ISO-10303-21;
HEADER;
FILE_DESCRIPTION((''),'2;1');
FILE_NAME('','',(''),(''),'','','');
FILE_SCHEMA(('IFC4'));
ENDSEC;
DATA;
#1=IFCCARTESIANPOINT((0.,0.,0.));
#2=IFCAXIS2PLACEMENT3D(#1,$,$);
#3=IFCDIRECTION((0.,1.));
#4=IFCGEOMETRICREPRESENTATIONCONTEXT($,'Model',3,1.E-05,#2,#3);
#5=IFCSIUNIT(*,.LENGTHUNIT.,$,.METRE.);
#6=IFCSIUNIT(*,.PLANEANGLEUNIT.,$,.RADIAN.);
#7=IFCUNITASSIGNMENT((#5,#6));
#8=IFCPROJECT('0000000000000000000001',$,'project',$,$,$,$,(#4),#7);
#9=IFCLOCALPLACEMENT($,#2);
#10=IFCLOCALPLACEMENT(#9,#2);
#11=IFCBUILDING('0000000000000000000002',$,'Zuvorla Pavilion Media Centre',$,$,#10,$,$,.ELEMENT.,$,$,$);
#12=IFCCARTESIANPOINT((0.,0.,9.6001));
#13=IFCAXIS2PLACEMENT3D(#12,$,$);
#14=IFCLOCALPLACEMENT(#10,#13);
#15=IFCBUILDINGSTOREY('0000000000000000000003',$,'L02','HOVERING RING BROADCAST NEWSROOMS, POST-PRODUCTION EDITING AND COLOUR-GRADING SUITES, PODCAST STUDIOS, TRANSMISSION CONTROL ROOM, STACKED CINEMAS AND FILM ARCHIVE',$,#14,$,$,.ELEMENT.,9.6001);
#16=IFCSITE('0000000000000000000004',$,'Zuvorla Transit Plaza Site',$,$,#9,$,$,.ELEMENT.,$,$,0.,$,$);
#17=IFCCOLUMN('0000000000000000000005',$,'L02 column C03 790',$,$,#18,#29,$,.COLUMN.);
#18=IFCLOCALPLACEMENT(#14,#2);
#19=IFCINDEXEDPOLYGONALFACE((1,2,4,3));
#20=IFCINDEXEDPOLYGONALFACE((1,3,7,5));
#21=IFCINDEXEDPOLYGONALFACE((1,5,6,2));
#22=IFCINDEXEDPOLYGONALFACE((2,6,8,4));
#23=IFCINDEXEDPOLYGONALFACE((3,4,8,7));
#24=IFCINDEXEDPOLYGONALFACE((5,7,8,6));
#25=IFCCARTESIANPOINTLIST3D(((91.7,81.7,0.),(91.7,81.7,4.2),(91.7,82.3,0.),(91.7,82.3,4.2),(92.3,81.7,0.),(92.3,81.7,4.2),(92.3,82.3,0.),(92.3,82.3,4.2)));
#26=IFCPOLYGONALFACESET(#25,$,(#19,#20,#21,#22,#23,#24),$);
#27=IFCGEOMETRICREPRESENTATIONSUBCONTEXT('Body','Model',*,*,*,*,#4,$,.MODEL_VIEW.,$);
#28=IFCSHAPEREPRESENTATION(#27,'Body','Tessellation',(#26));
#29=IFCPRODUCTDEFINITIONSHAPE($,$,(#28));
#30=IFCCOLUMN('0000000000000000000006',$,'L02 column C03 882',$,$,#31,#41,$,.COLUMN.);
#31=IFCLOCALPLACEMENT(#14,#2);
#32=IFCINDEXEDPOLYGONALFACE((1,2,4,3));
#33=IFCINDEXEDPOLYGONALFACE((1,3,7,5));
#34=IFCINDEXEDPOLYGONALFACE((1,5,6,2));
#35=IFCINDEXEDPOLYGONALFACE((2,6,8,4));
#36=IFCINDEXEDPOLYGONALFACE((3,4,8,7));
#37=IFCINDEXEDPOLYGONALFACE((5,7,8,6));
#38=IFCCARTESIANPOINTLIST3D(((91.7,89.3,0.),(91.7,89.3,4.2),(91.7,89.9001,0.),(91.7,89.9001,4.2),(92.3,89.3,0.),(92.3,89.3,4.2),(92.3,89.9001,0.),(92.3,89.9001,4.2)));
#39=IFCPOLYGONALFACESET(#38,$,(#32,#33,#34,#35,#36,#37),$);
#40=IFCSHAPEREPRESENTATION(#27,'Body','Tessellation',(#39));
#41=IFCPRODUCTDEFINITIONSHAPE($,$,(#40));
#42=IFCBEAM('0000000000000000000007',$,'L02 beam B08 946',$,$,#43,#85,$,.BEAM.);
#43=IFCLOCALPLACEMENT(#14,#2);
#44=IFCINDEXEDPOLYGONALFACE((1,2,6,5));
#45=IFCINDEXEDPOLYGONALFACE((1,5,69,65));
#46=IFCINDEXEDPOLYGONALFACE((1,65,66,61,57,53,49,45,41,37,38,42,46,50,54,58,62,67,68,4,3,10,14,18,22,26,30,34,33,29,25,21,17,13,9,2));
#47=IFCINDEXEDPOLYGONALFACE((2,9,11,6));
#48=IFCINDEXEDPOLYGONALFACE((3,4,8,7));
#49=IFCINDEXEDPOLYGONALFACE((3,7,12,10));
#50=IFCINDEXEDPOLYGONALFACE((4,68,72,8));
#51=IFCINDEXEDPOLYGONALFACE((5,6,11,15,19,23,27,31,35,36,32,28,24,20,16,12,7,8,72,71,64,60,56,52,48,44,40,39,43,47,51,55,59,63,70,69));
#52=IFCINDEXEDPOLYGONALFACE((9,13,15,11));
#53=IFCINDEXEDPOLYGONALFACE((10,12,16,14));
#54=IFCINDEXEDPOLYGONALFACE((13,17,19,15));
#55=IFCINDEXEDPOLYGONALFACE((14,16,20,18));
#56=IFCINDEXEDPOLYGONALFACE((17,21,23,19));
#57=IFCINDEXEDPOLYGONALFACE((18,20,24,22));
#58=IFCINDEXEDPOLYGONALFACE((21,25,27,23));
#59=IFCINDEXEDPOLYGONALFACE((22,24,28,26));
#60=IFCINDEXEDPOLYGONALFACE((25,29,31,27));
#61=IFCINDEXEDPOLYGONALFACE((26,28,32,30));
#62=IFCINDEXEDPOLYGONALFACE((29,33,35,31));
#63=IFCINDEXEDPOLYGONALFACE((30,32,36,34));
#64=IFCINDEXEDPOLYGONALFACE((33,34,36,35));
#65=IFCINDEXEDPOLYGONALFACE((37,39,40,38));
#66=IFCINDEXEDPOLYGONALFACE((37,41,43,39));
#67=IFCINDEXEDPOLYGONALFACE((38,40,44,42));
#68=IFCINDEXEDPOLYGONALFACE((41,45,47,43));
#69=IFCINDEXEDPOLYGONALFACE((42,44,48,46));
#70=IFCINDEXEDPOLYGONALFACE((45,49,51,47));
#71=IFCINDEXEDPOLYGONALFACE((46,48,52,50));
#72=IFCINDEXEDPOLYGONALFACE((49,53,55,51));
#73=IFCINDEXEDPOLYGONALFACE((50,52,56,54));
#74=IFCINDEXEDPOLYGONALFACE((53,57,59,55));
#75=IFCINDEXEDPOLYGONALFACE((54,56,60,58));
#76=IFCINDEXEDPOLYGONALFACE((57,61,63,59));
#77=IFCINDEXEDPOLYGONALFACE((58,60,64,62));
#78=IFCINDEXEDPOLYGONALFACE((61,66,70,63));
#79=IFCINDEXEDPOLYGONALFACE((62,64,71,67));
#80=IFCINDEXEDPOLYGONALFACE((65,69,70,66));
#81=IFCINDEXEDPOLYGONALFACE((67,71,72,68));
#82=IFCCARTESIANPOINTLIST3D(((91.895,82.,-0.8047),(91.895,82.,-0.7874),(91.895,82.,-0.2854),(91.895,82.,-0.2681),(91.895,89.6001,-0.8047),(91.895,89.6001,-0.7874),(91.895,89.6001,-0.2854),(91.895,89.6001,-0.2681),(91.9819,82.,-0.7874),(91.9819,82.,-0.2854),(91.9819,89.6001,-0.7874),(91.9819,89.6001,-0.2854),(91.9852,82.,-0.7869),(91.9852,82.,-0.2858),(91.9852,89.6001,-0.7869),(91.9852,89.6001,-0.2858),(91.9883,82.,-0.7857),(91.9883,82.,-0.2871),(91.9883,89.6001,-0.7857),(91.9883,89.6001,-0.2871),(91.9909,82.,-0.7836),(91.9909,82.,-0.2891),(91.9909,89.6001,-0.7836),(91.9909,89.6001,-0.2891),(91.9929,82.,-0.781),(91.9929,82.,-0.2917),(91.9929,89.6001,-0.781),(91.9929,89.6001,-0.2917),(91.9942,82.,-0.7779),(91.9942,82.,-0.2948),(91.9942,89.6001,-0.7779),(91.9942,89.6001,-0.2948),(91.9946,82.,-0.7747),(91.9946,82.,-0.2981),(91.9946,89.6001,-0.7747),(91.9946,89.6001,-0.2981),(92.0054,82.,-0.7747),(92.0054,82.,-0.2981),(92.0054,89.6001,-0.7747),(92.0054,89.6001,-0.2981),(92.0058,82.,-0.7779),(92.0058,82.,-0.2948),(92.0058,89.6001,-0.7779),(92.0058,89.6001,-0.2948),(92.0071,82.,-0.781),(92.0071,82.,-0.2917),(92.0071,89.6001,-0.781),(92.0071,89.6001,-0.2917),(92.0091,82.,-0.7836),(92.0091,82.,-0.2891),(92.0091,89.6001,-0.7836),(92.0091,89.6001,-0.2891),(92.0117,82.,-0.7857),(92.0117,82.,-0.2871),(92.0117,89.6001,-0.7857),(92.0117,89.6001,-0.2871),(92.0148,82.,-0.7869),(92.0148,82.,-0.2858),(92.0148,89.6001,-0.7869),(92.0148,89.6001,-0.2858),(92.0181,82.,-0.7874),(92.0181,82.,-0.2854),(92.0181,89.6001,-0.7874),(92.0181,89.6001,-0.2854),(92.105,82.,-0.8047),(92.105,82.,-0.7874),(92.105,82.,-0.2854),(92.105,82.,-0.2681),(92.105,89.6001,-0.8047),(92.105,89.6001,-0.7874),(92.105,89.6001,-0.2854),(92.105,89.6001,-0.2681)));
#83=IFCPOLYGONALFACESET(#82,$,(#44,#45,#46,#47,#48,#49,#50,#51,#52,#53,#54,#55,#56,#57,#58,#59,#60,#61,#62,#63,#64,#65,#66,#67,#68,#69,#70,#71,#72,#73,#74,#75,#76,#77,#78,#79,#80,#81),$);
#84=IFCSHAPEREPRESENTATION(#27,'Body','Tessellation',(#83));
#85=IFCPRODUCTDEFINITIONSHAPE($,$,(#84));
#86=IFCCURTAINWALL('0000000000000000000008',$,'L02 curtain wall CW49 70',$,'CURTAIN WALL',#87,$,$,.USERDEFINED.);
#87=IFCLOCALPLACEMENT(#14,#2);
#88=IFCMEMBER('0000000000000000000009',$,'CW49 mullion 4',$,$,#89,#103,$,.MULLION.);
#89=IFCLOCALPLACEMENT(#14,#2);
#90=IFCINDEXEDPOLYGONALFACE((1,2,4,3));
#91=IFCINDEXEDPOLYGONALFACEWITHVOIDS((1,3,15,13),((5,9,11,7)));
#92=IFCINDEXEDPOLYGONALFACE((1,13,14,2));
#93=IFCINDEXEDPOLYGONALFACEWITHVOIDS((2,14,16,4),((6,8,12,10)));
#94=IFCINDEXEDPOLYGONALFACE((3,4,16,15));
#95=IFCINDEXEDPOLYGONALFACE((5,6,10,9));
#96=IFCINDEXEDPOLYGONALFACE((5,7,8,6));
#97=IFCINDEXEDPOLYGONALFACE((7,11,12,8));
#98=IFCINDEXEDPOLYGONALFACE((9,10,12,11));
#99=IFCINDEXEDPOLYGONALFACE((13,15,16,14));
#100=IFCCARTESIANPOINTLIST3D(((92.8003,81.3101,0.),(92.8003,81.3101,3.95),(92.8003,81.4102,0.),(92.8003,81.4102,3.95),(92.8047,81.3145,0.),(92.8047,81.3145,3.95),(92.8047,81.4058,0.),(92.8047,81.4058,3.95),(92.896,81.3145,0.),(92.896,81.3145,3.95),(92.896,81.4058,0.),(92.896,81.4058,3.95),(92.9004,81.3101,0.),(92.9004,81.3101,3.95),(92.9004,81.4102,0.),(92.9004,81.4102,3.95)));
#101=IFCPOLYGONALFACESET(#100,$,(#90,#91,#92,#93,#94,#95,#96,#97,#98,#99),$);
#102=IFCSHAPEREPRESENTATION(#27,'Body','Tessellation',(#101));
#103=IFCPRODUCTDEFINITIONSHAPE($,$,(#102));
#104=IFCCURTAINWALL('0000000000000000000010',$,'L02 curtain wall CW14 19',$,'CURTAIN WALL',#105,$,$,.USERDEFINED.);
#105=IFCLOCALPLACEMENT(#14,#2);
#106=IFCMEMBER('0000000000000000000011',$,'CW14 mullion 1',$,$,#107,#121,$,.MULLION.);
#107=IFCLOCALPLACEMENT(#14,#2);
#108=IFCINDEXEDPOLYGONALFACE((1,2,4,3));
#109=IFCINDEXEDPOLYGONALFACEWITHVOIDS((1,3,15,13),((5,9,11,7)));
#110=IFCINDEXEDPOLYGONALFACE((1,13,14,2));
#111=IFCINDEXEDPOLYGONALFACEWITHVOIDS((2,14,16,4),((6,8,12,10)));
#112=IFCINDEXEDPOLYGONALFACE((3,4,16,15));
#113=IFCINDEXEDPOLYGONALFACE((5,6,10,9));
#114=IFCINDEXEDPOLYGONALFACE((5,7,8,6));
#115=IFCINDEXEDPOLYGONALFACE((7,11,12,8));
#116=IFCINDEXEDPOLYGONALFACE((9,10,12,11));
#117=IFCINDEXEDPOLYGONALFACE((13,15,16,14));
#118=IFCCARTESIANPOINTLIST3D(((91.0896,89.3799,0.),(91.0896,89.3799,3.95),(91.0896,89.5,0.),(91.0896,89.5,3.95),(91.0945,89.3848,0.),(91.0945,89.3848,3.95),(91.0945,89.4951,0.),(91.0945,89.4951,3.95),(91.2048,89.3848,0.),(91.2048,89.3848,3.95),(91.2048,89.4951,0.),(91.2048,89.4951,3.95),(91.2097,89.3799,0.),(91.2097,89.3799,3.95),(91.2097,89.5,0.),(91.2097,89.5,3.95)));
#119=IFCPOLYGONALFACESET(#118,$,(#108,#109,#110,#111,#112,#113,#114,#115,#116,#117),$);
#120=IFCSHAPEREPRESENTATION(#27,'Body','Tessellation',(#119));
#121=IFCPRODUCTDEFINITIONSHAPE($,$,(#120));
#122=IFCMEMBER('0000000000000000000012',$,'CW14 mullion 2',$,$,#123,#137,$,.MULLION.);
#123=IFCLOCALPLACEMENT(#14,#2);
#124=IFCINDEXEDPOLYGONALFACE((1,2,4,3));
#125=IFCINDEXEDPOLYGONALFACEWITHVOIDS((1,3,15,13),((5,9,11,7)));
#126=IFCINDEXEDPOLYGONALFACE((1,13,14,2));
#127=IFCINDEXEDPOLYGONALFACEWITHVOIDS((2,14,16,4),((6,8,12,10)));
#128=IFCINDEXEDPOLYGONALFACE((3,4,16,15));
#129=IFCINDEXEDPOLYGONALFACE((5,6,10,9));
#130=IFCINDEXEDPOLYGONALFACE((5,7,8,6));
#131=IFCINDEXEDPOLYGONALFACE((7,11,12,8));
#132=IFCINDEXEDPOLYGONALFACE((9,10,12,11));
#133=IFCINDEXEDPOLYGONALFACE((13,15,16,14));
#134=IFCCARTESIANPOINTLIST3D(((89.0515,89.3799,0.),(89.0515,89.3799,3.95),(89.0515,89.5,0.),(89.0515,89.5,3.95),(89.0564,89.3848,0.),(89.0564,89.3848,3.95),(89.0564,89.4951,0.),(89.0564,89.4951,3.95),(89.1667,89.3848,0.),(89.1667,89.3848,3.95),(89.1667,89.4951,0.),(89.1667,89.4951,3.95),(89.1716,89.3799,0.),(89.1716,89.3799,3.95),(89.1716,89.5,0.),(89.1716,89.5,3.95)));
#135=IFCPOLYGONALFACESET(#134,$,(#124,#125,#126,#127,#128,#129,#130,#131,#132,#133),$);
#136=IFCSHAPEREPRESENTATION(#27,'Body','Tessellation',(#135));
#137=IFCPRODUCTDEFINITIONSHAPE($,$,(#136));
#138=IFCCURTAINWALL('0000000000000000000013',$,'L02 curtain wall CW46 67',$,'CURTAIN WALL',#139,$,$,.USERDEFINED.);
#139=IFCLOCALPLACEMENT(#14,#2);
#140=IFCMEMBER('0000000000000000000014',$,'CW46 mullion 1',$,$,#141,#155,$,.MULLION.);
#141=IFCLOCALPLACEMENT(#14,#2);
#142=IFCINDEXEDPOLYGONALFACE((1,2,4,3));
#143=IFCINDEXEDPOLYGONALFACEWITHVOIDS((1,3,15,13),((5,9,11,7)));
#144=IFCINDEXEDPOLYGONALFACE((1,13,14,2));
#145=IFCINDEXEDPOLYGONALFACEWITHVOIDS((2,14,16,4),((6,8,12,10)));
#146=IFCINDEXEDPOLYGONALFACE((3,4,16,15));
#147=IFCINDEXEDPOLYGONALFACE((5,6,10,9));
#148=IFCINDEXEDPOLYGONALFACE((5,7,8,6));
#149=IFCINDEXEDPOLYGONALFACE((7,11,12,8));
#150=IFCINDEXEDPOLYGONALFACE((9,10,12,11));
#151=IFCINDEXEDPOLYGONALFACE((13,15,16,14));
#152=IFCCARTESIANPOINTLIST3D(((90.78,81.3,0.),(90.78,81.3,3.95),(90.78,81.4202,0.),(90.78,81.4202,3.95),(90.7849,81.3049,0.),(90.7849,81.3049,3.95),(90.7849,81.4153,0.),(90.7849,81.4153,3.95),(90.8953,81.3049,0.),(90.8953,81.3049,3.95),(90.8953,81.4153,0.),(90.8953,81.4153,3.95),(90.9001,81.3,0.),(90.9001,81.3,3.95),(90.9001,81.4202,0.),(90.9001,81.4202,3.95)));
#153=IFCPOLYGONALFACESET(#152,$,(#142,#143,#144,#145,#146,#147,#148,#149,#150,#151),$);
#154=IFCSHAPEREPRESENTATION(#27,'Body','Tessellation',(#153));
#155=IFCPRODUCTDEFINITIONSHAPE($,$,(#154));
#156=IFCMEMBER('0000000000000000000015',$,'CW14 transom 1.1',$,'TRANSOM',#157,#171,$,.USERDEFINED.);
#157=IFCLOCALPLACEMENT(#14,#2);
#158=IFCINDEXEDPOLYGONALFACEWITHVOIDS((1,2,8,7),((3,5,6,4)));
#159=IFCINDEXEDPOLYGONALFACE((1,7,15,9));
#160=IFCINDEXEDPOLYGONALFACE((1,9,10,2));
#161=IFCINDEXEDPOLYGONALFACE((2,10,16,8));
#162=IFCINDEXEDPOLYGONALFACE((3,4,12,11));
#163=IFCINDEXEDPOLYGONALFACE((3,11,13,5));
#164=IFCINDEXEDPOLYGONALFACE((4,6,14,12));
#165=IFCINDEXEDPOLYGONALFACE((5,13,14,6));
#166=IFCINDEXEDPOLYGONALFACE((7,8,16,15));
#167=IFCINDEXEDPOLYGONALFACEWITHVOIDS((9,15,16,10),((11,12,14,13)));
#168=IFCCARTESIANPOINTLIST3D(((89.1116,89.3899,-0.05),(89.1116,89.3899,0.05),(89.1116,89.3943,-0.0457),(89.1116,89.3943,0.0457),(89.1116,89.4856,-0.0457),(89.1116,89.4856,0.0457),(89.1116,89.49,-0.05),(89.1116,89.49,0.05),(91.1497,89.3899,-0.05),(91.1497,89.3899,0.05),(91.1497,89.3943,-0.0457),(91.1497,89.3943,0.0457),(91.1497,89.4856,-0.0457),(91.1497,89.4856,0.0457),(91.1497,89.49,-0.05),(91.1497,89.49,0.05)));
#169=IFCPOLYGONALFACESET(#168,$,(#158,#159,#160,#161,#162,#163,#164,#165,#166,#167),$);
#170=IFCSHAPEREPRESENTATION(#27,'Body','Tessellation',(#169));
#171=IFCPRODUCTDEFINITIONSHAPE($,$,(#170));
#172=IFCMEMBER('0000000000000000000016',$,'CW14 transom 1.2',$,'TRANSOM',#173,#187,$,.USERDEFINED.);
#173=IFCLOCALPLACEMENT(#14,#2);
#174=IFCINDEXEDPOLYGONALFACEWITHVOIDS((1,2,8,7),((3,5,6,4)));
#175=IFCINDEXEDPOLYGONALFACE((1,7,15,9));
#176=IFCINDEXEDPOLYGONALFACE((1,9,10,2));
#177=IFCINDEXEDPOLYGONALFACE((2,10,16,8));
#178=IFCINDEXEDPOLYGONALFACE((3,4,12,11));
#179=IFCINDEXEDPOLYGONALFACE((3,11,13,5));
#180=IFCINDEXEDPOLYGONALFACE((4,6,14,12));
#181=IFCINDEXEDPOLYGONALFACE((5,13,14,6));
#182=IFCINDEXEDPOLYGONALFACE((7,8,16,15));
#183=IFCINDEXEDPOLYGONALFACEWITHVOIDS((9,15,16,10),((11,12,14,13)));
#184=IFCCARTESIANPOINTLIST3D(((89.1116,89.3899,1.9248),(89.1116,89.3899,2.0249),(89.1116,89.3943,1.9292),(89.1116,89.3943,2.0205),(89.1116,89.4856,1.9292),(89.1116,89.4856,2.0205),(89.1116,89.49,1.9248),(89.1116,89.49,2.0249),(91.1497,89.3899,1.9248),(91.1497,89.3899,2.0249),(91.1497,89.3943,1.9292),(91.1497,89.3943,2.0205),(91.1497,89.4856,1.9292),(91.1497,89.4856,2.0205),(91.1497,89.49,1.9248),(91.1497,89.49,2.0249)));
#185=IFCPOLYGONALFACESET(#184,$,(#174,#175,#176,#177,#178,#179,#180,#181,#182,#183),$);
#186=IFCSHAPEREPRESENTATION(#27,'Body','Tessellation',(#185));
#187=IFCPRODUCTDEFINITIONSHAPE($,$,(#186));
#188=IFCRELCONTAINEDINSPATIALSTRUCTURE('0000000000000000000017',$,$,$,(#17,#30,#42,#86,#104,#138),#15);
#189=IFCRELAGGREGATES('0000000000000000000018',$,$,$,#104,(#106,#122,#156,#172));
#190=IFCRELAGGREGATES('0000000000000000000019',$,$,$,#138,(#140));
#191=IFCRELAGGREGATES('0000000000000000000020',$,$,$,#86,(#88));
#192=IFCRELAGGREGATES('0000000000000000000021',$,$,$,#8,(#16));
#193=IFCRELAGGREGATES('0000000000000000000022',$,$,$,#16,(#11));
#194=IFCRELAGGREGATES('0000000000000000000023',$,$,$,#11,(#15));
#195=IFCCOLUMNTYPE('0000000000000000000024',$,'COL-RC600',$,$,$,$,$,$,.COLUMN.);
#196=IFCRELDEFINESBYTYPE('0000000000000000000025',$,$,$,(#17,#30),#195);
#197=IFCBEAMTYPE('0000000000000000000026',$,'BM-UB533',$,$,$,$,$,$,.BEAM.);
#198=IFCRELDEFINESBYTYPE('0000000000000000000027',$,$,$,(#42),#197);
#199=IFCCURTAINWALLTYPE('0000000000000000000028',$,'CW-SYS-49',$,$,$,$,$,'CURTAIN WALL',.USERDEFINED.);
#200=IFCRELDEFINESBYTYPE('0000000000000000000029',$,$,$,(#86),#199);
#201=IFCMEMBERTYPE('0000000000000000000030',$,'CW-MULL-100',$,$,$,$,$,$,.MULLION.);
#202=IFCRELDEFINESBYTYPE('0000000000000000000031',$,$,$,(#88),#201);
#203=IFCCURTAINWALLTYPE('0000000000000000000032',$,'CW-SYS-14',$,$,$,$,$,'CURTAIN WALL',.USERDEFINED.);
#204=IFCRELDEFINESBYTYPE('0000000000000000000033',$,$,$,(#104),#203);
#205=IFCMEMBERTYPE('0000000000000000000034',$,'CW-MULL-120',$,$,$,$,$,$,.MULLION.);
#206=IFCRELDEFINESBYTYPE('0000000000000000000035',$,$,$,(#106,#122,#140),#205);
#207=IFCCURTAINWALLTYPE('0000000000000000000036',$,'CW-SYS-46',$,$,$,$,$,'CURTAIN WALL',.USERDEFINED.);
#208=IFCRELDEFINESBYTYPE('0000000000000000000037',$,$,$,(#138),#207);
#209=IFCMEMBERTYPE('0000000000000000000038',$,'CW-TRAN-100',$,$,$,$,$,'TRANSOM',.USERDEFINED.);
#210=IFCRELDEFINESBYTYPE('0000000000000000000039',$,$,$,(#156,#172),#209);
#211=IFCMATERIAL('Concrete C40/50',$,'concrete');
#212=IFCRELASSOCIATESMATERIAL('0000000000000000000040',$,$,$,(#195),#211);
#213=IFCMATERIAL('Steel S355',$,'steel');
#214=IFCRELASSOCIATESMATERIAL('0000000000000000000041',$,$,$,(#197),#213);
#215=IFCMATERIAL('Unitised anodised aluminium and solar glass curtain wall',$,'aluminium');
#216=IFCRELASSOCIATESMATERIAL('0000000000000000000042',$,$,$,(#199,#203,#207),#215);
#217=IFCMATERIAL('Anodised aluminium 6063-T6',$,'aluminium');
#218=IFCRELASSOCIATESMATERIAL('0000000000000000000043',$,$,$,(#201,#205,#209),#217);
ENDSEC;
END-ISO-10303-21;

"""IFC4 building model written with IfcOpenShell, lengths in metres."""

from ifc_helpers import new_model, si_unit, direction, frame, origin, origin_2d, place, context, subcontext, project, spatial, rectangle, hollow_rectangle, i_section, extrude, material, material_profile, profile_set, type_object, element, aggregate, save


model = new_model("IFC4")

# Units and contexts
model_context = context("Model", 3, precision=1e-05, world=origin(), true_north=direction((0.0, 1.0)))
body_context = subcontext(model_context, "Body", "Model", "MODEL_VIEW")
ifc_project = project(units=[si_unit("LENGTHUNIT", "METRE"), si_unit("PLANEANGLEUNIT", "RADIAN")], contexts=[model_context])

# Site, building, storey
site_placement = place(None, origin())
site = spatial("IfcSite", under=ifc_project, at=site_placement, Name="Zuvorla Transit Plaza Site", CompositionType="ELEMENT", RefElevation=0.0)
building_placement = place(site_placement, origin())
building = spatial("IfcBuilding", under=site, at=building_placement, Name="Zuvorla Pavilion Media Centre", CompositionType="ELEMENT")
storey_placement = place(building_placement, frame((0.0, 0.0, 9.6001)))
storey = spatial("IfcBuildingStorey", under=building, at=storey_placement, Name="L02", Description="HOVERING RING BROADCAST NEWSROOMS, POST-PRODUCTION EDITING AND COLOUR-GRADING SUITES, PODCAST STUDIOS, TRANSMISSION CONTROL ROOM, STACKED CINEMAS AND FILM ARCHIVE", CompositionType="ELEMENT", Elevation=9.6001)

# Columns
ifc_material_1 = material(Name="Concrete C40/50", Category="concrete")
ifc_material_profile_1 = material_profile(ifc_material_1, rectangle(XDim=0.6001, YDim=0.6001, at=origin_2d()), Name="RC 600x600")
ifc_profile_set_1 = profile_set([ifc_material_profile_1], Name="Concrete C40/50")
column_type = type_object("IfcColumnType", Name="COL-RC600", PredefinedType="COLUMN", material=ifc_profile_set_1)
for number, where, z_axis, x_axis, name in (
    (1, (92.0, 82.0, 0.0), (0.0, 0.0, 1.0), (1.0, 0.0, 0.0), "L02 column C03 790"),
    (2, (92.0, 89.6001, 0.0), (0.0, 0.0, 1.0), (1.0, 0.0, 0.0), "L02 column C03 882"),
):
    element("IfcColumn", number, at=place(storey_placement, frame(where, z_axis=z_axis, x_axis=x_axis)), inside=storey, type_object=column_type, Name=name, PredefinedType="COLUMN", context=body_context, shape_type="SweptSolid", body=[
        extrude(rectangle(XDim=0.6001, YDim=0.6001, at=origin_2d()), origin(), (0.0, 0.0, 1.0), 4.2),
    ])

# Beam
ifc_material_2 = material(Name="Steel S355", Category="steel")
ifc_material_profile_2 = material_profile(ifc_material_2, i_section(OverallWidth=0.21, OverallDepth=0.5366, WebThickness=0.0107, FlangeThickness=0.0173, FilletRadius=0.0127, at=origin_2d()), Name="UB 533x210x101")
ifc_profile_set_2 = profile_set([ifc_material_profile_2], Name="Steel S355")
beam_type = type_object("IfcBeamType", Name="BM-UB533", PredefinedType="BEAM", material=ifc_profile_set_2)
beam_placement = place(storey_placement, frame((92.0, 82.0, -0.5364), z_axis=(0.0, 1.0, 0.0), x_axis=(-1.0, 0.0, 0.0)))
element("IfcBeam", 3, at=beam_placement, inside=storey, type_object=beam_type, Name="L02 beam B08 946", PredefinedType="BEAM", context=body_context, shape_type="SweptSolid", body=[
    extrude(i_section(OverallWidth=0.21, OverallDepth=0.5366, WebThickness=0.0107, FlangeThickness=0.0173, FilletRadius=0.0127, at=origin_2d()), origin(), (0.0, 0.0, 1.0), 7.6001),
])

# Curtain wall, member
ifc_material_3 = material(Name="Unitised anodised aluminium and solar glass curtain wall", Category="aluminium")
curtain_wall_type_1 = type_object("IfcCurtainWallType", Name="CW-SYS-49", ElementType="CURTAIN WALL", PredefinedType="USERDEFINED", material=ifc_material_3)
curtain_wall_1_placement = place(storey_placement, origin())
curtain_wall_1 = element("IfcCurtainWall", 4, at=curtain_wall_1_placement, inside=storey, type_object=curtain_wall_type_1, Name="L02 curtain wall CW49 70", ObjectType="CURTAIN WALL", PredefinedType="USERDEFINED")
ifc_material_4 = material(Name="Anodised aluminium 6063-T6", Category="aluminium")
ifc_material_profile_3 = material_profile(ifc_material_4, hollow_rectangle(XDim=0.1001, YDim=0.1001, WallThickness=0.0044, at=origin_2d()), Name="ALU MULL 100x100")
ifc_profile_set_3 = profile_set([ifc_material_profile_3], Name="Anodised aluminium 6063-T6")
member_type_1 = type_object("IfcMemberType", Name="CW-MULL-100", PredefinedType="MULLION", material=ifc_profile_set_3)
member_1_placement = place(storey_placement, frame((92.8503, 81.3601, 0.0), z_axis=(0.0, 0.0, 1.0), x_axis=(1.0, 0.0, 0.0)))
member_1 = element("IfcMember", 5, at=member_1_placement, type_object=member_type_1, Name="CW49 mullion 4", PredefinedType="MULLION", context=body_context, shape_type="SweptSolid", body=[
    extrude(hollow_rectangle(XDim=0.1001, YDim=0.1001, WallThickness=0.0044, at=origin_2d()), origin(), (0.0, 0.0, 1.0), 3.95),
])

# Curtain wall, members
curtain_wall_type_2 = type_object("IfcCurtainWallType", Name="CW-SYS-14", ElementType="CURTAIN WALL", PredefinedType="USERDEFINED", material=ifc_material_3)
curtain_wall_2_placement = place(storey_placement, origin())
curtain_wall_2 = element("IfcCurtainWall", 6, at=curtain_wall_2_placement, inside=storey, type_object=curtain_wall_type_2, Name="L02 curtain wall CW14 19", ObjectType="CURTAIN WALL", PredefinedType="USERDEFINED")
ifc_material_profile_4 = material_profile(ifc_material_4, hollow_rectangle(XDim=0.1201, YDim=0.1201, WallThickness=0.0049, at=origin_2d()), Name="ALU MULL 120x120")
ifc_profile_set_4 = profile_set([ifc_material_profile_4], Name="Anodised aluminium 6063-T6")
member_type_2 = type_object("IfcMemberType", Name="CW-MULL-120", PredefinedType="MULLION", material=ifc_profile_set_4)
member_2_placement = place(storey_placement, frame((91.1497, 89.4399, 0.0), z_axis=(0.0, 0.0, 1.0), x_axis=(1.0, 0.0, 0.0)))
member_2 = element("IfcMember", 7, at=member_2_placement, type_object=member_type_2, Name="CW14 mullion 1", PredefinedType="MULLION", context=body_context, shape_type="SweptSolid", body=[
    extrude(hollow_rectangle(XDim=0.1201, YDim=0.1201, WallThickness=0.0049, at=origin_2d()), origin(), (0.0, 0.0, 1.0), 3.95),
])
member_3_placement = place(storey_placement, frame((89.1116, 89.4399, 0.0), z_axis=(0.0, 0.0, 1.0), x_axis=(1.0, 0.0, 0.0)))
member_3 = element("IfcMember", 8, at=member_3_placement, type_object=member_type_2, Name="CW14 mullion 2", PredefinedType="MULLION", context=body_context, shape_type="SweptSolid", body=[
    extrude(hollow_rectangle(XDim=0.1201, YDim=0.1201, WallThickness=0.0049, at=origin_2d()), origin(), (0.0, 0.0, 1.0), 3.95),
])

# Curtain wall, member
curtain_wall_type_3 = type_object("IfcCurtainWallType", Name="CW-SYS-46", ElementType="CURTAIN WALL", PredefinedType="USERDEFINED", material=ifc_material_3)
curtain_wall_3_placement = place(storey_placement, origin())
curtain_wall_3 = element("IfcCurtainWall", 9, at=curtain_wall_3_placement, inside=storey, type_object=curtain_wall_type_3, Name="L02 curtain wall CW46 67", ObjectType="CURTAIN WALL", PredefinedType="USERDEFINED")
member_4_placement = place(storey_placement, frame((90.8401, 81.3601, 0.0), z_axis=(0.0, 0.0, 1.0), x_axis=(1.0, 0.0, 0.0)))
member_4 = element("IfcMember", 10, at=member_4_placement, type_object=member_type_2, Name="CW46 mullion 1", PredefinedType="MULLION", context=body_context, shape_type="SweptSolid", body=[
    extrude(hollow_rectangle(XDim=0.1201, YDim=0.1201, WallThickness=0.0049, at=origin_2d()), origin(), (0.0, 0.0, 1.0), 3.95),
])

# Members
ifc_material_profile_5 = material_profile(ifc_material_4, hollow_rectangle(XDim=0.1001, YDim=0.1001, WallThickness=0.0044, at=origin_2d()), Name="ALU TRAN 100x100")
ifc_profile_set_5 = profile_set([ifc_material_profile_5], Name="Anodised aluminium 6063-T6")
member_type_3 = type_object("IfcMemberType", Name="CW-TRAN-100", ElementType="TRANSOM", PredefinedType="USERDEFINED", material=ifc_profile_set_5)
member_5_placement = place(storey_placement, frame((91.1497, 89.4399, 0.0), z_axis=(-1.0, 0.0, 0.0), x_axis=(0.0, -1.0, 0.0)))
member_5 = element("IfcMember", 11, at=member_5_placement, type_object=member_type_3, Name="CW14 transom 1.1", ObjectType="TRANSOM", PredefinedType="USERDEFINED", context=body_context, shape_type="SweptSolid", body=[
    extrude(hollow_rectangle(XDim=0.1001, YDim=0.1001, WallThickness=0.0044, at=origin_2d()), origin(), (0.0, 0.0, 1.0), 2.0381),
])
member_6_placement = place(storey_placement, frame((91.1497, 89.4399, 1.9749), z_axis=(-1.0, 0.0, 0.0), x_axis=(0.0, -1.0, 0.0)))
member_6 = element("IfcMember", 12, at=member_6_placement, type_object=member_type_3, Name="CW14 transom 1.2", ObjectType="TRANSOM", PredefinedType="USERDEFINED", context=body_context, shape_type="SweptSolid", body=[
    extrude(hollow_rectangle(XDim=0.1001, YDim=0.1001, WallThickness=0.0044, at=origin_2d()), origin(), (0.0, 0.0, 1.0), 2.0381),
])

aggregate(curtain_wall_2, [member_2, member_3, member_5, member_6])
aggregate(curtain_wall_3, [member_4])
aggregate(curtain_wall_1, [member_1])

save(model, "model.ifc")
